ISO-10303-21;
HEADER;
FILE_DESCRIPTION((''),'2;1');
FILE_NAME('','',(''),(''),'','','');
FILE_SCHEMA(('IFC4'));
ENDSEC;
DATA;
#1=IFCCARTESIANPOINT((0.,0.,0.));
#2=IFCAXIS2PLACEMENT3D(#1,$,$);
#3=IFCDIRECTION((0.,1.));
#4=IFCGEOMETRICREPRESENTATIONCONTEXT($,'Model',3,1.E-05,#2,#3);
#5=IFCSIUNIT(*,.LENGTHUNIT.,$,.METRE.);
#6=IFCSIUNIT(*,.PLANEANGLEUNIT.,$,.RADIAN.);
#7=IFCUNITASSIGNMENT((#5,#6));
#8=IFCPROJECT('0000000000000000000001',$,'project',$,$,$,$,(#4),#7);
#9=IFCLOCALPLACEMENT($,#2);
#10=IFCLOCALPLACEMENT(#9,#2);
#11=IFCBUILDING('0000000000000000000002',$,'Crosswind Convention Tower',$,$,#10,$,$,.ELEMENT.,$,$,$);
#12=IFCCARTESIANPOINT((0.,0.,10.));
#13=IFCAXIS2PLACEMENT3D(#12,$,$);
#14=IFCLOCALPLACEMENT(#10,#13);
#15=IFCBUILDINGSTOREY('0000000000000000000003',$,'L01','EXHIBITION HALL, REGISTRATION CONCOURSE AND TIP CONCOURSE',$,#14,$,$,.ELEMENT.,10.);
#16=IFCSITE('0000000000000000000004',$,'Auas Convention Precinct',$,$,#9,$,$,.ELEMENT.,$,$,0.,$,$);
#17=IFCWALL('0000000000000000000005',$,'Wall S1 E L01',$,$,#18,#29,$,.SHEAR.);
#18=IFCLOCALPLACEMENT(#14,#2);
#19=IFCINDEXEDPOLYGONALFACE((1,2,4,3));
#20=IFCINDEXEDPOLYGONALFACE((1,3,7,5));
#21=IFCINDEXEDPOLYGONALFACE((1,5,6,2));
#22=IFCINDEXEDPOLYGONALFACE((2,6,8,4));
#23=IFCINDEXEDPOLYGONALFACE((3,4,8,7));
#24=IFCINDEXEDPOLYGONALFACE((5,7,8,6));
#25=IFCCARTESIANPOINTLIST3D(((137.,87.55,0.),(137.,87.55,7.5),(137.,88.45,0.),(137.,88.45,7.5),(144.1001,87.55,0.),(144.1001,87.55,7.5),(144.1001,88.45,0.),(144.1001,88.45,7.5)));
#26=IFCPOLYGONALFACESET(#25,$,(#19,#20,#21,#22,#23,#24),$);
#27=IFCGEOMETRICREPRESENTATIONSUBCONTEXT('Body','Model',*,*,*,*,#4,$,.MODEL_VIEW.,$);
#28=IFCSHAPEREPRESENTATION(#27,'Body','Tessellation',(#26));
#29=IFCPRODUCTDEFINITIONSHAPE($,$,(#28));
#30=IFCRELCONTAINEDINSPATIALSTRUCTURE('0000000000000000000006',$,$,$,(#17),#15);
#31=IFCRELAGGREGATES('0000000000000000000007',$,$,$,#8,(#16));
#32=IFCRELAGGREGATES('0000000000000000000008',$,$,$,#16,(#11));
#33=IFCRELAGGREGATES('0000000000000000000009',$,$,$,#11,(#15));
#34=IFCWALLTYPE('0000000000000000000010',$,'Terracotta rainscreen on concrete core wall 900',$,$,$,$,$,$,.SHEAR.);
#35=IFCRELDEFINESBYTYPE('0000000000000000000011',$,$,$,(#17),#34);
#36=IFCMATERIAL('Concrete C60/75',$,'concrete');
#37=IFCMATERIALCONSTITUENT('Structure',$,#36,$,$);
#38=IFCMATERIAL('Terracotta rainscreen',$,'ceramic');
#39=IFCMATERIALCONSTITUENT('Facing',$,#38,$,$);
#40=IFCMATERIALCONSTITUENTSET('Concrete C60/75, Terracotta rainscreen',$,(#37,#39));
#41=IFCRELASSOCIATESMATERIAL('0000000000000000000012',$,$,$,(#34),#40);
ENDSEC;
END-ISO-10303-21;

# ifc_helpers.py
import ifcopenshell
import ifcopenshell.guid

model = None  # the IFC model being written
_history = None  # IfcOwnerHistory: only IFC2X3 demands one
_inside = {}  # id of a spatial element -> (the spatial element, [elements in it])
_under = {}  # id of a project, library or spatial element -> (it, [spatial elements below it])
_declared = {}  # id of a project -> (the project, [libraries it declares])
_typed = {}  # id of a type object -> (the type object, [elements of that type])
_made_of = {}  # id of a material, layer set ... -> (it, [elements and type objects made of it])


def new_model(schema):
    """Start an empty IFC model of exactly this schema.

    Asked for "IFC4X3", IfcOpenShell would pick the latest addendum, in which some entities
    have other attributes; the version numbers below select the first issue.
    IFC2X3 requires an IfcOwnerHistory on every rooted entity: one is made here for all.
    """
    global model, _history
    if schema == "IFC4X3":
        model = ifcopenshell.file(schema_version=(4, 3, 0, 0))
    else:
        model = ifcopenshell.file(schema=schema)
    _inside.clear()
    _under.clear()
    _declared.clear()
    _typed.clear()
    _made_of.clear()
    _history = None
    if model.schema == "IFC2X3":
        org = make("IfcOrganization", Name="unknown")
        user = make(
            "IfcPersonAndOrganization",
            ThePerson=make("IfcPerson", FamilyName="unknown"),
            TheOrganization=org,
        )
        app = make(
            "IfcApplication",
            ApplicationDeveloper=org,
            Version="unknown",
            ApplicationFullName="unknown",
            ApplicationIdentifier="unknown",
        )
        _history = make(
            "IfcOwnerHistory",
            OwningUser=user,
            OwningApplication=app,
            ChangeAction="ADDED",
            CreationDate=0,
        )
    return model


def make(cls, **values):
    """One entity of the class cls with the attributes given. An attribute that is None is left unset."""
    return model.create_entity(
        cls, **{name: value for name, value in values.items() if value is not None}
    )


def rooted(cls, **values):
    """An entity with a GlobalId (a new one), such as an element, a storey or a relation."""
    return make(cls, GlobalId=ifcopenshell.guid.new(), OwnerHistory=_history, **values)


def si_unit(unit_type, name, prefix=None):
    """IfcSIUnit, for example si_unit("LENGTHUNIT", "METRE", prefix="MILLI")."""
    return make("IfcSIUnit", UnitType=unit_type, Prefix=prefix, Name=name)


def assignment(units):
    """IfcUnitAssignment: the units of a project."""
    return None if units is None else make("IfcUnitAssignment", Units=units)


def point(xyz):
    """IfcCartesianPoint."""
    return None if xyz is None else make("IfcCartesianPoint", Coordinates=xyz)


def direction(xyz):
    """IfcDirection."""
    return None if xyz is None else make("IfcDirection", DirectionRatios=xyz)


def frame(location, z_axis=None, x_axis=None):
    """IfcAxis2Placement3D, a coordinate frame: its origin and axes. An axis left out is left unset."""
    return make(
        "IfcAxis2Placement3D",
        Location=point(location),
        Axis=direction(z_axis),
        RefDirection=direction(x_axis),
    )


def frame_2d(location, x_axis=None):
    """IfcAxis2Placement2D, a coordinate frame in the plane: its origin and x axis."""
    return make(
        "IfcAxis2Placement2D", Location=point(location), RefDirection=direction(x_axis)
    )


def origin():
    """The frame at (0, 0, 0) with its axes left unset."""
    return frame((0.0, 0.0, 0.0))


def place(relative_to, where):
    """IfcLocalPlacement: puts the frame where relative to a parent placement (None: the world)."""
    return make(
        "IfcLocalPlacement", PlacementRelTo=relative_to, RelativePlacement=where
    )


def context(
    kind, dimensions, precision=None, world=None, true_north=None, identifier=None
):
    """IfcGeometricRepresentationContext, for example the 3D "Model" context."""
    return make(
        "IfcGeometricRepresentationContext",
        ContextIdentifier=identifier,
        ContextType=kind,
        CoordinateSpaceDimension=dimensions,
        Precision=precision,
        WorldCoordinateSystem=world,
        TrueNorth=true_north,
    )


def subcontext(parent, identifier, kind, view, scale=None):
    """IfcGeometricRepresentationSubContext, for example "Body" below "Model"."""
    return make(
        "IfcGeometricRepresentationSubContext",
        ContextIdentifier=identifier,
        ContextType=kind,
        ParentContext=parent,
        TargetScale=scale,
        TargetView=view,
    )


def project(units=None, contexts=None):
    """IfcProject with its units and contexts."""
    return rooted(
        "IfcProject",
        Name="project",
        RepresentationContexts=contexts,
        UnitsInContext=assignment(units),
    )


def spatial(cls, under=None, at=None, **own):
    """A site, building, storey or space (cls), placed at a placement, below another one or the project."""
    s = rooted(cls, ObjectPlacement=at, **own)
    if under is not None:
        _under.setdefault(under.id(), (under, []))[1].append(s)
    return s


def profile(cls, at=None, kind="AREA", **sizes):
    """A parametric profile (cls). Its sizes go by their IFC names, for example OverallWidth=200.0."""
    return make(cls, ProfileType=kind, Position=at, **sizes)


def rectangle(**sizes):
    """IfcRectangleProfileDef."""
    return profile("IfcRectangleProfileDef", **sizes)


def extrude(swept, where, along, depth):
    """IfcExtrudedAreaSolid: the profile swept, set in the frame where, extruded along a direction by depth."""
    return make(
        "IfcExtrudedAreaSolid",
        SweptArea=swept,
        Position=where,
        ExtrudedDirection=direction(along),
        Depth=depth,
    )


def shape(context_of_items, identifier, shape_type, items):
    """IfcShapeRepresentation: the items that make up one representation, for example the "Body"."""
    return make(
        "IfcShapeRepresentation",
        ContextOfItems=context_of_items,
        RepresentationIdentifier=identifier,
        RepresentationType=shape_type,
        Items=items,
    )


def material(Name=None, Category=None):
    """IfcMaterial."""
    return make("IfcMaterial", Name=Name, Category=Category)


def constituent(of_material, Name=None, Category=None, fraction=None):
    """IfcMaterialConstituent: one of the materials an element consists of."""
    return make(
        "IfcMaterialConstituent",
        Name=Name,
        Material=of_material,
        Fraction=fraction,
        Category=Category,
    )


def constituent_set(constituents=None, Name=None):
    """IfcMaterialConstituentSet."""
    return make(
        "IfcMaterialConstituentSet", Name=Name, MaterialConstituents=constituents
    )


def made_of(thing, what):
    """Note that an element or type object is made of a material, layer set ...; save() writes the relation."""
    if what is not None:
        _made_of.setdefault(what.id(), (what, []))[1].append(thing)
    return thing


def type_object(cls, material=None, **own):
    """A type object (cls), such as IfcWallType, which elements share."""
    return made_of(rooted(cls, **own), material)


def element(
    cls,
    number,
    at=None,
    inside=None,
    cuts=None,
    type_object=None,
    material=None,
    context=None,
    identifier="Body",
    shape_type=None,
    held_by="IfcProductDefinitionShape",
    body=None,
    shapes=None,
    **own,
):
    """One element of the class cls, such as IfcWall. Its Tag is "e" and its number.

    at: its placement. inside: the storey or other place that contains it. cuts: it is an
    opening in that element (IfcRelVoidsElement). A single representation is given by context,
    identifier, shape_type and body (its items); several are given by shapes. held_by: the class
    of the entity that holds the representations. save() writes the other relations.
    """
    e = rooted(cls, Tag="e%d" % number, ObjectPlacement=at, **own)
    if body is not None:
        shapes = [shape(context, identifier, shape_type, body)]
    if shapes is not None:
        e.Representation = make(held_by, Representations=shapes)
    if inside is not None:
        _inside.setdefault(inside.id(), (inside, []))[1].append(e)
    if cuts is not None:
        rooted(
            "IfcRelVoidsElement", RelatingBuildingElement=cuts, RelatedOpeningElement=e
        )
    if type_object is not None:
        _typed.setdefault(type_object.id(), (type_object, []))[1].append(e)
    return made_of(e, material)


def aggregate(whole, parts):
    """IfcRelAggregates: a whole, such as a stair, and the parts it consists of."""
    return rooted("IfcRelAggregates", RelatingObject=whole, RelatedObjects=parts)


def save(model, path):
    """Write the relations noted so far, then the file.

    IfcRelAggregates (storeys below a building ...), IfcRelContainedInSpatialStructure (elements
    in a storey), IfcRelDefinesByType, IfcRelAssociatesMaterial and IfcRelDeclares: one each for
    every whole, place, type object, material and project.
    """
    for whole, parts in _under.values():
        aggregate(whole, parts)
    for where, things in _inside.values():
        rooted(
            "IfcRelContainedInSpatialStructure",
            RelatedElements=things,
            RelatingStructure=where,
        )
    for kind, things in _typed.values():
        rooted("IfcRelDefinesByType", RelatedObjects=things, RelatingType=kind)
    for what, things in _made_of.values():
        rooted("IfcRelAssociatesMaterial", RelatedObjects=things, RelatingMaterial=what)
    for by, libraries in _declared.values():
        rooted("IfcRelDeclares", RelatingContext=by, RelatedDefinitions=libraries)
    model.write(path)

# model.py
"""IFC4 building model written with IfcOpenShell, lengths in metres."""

from ifc_helpers import new_model, si_unit, direction, frame, frame_2d, origin, place, context, subcontext, project, spatial, rectangle, extrude, material, constituent, constituent_set, type_object, element, save


model = new_model("IFC4")

# Units and contexts
model_context = context("Model", 3, precision=1e-05, world=origin(), true_north=direction((0.0, 1.0)))
body_context = subcontext(model_context, "Body", "Model", "MODEL_VIEW")
ifc_project = project(units=[si_unit("LENGTHUNIT", "METRE"), si_unit("PLANEANGLEUNIT", "RADIAN")], contexts=[model_context])

# Site, building, storey
site_placement = place(None, origin())
site = spatial("IfcSite", under=ifc_project, at=site_placement, Name="Auas Convention Precinct", CompositionType="ELEMENT", RefElevation=0.0)
building_placement = place(site_placement, origin())
building = spatial("IfcBuilding", under=site, at=building_placement, Name="Crosswind Convention Tower", CompositionType="ELEMENT")
storey_placement = place(building_placement, frame((0.0, 0.0, 10.0)))
storey = spatial("IfcBuildingStorey", under=building, at=storey_placement, Name="L01", Description="EXHIBITION HALL, REGISTRATION CONCOURSE AND TIP CONCOURSE", CompositionType="ELEMENT", Elevation=10.0)

# Wall
ifc_material_1 = material(Name="Concrete C60/75", Category="concrete")
ifc_constituent_1 = constituent(ifc_material_1, Name="Structure")
ifc_material_2 = material(Name="Terracotta rainscreen", Category="ceramic")
ifc_constituent_2 = constituent(ifc_material_2, Name="Facing")
ifc_constituent_set = constituent_set(constituents=[ifc_constituent_1, ifc_constituent_2], Name="Concrete C60/75, Terracotta rainscreen")
wall_type_1 = type_object("IfcWallType", Name="Terracotta rainscreen on concrete core wall 900", PredefinedType="SHEAR", material=ifc_constituent_set)
wall_1_placement = place(storey_placement, frame((137.0, 88.0, 0.0), z_axis=(0.0, 0.0, 1.0), x_axis=(1.0, 0.0, 0.0)))
element("IfcWall", 1, at=wall_1_placement, inside=storey, type_object=wall_type_1, Name="Wall S1 E L01", PredefinedType="SHEAR", context=body_context, shape_type="SweptSolid", body=[
    extrude(rectangle(XDim=7.1001, YDim=0.8999, at=frame_2d((3.55, 0.0))), origin(), (0.0, 0.0, 1.0), 7.5),
])

save(model, "model.ifc")
